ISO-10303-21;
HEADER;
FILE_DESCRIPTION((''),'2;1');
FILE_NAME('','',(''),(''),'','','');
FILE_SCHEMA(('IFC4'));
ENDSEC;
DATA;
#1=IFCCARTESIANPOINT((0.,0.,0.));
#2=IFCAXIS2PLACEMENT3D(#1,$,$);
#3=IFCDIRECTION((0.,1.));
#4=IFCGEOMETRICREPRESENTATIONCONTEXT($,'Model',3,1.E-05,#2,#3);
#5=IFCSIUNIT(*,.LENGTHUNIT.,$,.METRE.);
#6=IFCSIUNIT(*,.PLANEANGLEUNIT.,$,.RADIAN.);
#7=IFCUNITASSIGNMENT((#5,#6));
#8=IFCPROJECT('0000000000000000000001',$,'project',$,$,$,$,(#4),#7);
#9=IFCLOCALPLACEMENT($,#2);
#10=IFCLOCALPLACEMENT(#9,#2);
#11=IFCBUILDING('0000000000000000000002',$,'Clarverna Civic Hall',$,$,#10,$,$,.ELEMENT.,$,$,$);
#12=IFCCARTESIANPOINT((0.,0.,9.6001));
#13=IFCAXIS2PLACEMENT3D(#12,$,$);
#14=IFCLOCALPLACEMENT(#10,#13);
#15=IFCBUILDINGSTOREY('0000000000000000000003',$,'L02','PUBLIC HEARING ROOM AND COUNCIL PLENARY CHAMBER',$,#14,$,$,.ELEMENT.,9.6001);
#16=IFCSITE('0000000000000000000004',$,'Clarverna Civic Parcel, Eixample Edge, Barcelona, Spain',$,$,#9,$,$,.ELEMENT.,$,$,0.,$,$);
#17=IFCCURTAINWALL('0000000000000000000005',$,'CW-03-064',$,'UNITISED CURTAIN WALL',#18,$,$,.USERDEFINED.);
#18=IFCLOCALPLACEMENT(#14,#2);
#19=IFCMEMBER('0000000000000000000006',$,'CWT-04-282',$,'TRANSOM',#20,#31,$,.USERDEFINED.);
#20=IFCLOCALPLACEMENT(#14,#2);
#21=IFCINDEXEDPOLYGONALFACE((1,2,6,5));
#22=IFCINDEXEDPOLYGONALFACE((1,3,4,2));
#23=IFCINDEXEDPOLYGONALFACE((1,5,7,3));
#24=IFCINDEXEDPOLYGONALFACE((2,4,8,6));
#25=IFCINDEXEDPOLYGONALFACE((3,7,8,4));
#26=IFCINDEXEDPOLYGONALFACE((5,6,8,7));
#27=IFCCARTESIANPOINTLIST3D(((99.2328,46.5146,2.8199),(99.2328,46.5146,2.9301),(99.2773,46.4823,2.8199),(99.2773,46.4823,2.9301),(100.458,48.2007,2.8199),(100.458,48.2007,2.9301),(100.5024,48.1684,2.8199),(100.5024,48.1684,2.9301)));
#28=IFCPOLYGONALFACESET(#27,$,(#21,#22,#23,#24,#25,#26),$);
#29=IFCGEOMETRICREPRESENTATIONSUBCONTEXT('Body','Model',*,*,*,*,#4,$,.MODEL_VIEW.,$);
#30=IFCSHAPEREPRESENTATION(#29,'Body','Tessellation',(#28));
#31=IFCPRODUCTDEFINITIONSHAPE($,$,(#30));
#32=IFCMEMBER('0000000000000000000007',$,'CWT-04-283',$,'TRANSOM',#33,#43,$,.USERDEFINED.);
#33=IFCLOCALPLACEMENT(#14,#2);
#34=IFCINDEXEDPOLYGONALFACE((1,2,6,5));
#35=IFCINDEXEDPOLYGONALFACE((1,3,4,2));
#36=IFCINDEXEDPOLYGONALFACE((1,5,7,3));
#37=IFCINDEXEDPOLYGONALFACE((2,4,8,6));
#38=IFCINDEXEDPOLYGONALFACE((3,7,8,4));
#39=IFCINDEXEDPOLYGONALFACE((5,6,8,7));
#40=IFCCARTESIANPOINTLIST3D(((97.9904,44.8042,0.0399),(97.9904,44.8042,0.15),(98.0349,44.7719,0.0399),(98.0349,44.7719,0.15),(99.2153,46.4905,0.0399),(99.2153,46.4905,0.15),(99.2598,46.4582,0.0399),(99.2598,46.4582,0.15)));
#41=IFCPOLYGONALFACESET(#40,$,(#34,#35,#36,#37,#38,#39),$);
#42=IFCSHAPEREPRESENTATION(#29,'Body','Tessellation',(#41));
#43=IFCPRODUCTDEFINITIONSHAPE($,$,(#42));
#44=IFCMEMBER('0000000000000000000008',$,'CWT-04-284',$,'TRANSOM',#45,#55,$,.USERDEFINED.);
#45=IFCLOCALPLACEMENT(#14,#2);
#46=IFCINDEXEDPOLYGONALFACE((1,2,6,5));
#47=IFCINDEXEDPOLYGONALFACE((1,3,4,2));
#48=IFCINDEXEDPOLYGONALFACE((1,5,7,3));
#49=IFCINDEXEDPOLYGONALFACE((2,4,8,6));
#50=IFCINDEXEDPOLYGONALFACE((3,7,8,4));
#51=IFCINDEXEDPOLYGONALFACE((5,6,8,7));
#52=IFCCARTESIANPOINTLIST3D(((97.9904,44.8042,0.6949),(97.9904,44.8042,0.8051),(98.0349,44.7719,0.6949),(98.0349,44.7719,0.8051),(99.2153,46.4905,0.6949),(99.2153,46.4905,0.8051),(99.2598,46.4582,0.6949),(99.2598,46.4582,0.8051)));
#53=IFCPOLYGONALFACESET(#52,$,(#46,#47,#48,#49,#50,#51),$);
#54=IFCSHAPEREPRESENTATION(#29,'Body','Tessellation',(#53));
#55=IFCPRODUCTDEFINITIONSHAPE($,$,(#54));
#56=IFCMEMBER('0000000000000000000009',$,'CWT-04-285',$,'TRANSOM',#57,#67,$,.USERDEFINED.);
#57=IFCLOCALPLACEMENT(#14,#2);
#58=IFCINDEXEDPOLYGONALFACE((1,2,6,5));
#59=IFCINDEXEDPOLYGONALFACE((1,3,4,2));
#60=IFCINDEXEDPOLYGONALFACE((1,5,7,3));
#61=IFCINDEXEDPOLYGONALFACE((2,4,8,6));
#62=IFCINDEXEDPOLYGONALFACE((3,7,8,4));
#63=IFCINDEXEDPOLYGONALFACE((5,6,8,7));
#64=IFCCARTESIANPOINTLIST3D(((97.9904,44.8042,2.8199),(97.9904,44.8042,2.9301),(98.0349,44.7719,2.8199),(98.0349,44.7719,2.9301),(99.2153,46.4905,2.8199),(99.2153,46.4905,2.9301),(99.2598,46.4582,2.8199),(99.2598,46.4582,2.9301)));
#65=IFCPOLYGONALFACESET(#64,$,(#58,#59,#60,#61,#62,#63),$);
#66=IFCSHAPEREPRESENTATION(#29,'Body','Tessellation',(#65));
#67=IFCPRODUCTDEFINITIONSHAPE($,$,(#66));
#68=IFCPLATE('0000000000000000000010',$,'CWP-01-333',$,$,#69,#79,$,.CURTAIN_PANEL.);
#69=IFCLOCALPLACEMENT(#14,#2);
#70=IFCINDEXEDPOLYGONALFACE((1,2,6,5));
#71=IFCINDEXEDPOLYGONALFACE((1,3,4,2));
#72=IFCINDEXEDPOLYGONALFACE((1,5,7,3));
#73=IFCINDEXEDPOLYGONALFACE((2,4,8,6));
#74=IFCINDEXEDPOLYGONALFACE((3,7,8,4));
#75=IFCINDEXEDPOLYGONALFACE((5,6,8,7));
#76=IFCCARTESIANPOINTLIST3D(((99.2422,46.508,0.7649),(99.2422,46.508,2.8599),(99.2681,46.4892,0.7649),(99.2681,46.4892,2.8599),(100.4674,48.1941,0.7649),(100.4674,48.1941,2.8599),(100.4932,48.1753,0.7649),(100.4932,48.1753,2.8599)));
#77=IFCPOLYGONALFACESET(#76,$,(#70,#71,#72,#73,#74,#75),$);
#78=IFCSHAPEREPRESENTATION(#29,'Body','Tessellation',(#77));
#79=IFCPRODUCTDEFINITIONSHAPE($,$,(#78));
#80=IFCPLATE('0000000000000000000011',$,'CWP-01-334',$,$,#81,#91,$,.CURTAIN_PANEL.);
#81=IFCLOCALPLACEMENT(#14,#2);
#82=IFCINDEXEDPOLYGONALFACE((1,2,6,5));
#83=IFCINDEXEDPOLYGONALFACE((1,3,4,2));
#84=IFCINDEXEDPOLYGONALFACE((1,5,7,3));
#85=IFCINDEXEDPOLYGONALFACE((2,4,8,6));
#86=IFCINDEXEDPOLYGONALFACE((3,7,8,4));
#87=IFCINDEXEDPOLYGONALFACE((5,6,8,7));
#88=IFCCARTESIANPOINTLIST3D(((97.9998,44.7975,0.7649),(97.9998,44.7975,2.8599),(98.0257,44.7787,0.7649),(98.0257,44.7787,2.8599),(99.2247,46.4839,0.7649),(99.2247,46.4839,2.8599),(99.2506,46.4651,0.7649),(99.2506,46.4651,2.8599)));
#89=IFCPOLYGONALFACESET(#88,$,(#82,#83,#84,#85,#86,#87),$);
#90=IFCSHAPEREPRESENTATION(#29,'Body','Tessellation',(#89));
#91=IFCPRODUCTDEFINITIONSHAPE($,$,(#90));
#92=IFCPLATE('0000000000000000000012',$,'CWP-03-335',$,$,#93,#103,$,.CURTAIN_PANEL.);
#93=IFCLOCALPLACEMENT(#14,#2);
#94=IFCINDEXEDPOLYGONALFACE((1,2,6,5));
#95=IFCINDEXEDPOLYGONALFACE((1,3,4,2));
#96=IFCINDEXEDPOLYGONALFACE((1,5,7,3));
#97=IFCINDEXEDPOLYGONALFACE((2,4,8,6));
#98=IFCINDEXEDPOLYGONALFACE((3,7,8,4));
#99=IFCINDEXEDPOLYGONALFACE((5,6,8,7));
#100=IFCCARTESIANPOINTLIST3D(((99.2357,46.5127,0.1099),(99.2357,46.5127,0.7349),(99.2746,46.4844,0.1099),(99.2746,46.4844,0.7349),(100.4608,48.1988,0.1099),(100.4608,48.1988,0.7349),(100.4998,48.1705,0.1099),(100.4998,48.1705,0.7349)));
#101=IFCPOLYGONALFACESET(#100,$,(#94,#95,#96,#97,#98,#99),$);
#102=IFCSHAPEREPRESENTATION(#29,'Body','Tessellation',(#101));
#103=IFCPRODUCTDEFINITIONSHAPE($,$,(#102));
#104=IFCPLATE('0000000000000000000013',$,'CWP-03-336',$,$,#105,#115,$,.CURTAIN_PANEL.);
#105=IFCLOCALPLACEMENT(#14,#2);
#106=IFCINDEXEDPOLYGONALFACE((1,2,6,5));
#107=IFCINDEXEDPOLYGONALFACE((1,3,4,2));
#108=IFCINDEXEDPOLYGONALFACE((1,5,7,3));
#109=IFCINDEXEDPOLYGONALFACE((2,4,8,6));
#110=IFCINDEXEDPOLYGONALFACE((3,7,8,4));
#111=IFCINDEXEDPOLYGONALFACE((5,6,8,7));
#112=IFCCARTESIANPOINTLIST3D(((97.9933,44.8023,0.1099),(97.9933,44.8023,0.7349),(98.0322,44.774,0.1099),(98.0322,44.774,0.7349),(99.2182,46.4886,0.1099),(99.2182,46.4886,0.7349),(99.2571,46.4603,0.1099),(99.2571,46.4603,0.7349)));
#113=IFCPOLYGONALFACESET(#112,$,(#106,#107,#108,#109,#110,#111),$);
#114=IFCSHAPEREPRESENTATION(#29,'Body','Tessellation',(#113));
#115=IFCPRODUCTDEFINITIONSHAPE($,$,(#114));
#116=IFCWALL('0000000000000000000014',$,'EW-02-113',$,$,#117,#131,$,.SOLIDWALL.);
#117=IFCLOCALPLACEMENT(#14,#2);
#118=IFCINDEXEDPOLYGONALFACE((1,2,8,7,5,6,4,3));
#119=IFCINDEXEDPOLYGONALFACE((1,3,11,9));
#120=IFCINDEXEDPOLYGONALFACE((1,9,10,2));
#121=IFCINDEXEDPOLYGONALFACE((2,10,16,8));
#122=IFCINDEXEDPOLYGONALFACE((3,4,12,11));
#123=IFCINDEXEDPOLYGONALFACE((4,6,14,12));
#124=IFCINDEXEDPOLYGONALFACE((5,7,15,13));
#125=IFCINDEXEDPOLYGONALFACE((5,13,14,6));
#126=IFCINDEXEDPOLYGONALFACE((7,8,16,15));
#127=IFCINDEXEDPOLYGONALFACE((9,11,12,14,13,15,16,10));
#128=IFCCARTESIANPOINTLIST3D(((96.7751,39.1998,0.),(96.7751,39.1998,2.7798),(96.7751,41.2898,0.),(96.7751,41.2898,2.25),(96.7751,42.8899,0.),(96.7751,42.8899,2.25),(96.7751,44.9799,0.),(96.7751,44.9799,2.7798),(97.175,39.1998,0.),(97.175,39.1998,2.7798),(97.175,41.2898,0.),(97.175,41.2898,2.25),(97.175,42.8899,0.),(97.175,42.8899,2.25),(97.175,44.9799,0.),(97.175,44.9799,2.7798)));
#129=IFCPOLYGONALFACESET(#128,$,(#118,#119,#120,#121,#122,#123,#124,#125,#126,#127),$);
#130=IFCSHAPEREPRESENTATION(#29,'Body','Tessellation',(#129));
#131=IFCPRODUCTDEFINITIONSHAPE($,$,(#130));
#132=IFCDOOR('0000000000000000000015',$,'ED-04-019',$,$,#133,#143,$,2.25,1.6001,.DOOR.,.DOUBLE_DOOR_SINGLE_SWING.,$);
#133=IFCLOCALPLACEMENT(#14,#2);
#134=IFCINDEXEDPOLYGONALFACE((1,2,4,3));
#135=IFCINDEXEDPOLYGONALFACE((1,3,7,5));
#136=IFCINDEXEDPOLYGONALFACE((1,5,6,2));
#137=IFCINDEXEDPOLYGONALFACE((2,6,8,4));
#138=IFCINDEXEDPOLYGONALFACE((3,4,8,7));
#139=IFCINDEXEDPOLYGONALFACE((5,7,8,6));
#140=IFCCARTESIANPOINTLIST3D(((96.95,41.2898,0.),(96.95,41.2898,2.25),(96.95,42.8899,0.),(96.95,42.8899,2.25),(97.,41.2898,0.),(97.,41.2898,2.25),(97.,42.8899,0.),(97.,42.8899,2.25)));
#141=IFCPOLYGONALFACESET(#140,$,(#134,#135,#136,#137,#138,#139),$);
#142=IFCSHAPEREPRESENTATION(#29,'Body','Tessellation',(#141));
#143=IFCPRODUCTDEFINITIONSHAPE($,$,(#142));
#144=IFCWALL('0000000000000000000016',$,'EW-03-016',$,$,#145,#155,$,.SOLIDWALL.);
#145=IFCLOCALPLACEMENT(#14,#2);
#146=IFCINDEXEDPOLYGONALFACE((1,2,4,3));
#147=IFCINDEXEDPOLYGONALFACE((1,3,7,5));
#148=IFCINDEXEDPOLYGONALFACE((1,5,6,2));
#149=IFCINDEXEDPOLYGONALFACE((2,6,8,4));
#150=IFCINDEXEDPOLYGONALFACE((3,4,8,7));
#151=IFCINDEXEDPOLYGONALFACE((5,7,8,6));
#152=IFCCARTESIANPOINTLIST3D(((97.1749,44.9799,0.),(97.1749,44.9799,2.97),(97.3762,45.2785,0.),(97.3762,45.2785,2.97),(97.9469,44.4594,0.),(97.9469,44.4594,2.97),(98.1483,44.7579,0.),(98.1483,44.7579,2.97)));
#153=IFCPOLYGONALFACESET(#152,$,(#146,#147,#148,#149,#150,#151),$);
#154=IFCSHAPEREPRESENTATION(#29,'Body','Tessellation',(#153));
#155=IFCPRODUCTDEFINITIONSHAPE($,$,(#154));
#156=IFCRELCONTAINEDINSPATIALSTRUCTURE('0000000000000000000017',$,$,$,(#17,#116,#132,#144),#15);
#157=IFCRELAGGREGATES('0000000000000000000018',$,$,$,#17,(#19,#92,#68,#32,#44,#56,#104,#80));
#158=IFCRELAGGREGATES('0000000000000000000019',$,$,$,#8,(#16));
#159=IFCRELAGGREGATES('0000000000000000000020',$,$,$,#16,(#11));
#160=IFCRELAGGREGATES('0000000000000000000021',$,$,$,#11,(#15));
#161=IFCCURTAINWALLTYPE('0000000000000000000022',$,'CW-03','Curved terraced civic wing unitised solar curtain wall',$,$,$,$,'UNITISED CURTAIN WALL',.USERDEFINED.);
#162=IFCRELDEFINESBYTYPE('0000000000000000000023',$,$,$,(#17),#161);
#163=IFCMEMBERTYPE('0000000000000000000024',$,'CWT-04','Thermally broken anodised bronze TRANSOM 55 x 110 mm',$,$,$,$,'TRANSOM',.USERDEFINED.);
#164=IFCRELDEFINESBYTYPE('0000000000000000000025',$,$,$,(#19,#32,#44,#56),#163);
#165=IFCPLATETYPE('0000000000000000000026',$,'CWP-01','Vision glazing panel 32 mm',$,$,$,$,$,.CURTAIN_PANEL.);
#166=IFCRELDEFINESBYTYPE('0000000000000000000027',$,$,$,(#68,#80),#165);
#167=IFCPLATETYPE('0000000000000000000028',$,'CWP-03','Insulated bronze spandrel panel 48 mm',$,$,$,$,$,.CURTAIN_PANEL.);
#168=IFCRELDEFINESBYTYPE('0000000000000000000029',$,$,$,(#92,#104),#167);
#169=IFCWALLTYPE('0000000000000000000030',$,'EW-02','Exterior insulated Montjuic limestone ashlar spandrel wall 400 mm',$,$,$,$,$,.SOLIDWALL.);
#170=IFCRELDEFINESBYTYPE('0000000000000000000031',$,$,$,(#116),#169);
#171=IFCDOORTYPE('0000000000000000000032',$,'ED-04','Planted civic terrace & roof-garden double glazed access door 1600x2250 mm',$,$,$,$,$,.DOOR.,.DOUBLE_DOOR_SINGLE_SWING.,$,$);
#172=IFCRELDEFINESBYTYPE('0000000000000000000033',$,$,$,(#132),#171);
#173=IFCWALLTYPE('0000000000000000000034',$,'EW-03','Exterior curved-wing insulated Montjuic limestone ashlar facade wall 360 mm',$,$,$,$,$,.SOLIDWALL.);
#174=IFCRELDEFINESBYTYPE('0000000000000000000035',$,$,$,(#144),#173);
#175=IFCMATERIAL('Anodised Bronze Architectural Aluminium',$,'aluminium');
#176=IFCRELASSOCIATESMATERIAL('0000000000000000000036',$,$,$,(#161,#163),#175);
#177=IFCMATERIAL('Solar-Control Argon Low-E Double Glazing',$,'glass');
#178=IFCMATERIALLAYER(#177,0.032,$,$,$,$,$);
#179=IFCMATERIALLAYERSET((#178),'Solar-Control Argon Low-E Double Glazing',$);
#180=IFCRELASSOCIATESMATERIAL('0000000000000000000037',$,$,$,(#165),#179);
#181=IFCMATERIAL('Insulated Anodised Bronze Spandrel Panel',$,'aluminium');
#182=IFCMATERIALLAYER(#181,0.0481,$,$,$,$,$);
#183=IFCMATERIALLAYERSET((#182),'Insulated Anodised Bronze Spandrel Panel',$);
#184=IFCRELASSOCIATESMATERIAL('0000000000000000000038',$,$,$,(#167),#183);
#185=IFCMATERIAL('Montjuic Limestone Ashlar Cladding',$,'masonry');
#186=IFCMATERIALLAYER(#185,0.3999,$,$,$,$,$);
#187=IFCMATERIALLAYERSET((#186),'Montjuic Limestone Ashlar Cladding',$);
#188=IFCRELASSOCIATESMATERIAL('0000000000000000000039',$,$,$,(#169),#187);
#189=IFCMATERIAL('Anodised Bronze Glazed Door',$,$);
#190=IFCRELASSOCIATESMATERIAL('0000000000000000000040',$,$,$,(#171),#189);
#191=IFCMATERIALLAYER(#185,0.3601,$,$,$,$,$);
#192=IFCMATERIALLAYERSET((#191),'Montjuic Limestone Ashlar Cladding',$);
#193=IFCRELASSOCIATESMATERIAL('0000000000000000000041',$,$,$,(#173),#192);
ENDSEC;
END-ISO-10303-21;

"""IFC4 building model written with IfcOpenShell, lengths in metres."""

from ifc_helpers import new_model, si_unit, direction, frame, frame_2d, origin, origin_2d, place, context, subcontext, project, spatial, rectangle, extrude, material, layer, layer_set, material_profile, profile_set, type_object, element, fill, aggregate, save


model = new_model("IFC4")

# Units and contexts
model_context = context("Model", 3, precision=1e-05, world=origin(), true_north=direction((0.0, 1.0)))
body_context = subcontext(model_context, "Body", "Model", "MODEL_VIEW")
ifc_project = project(units=[si_unit("LENGTHUNIT", "METRE"), si_unit("PLANEANGLEUNIT", "RADIAN")], contexts=[model_context])

# Site, building, storey
site_placement = place(None, origin())
site = spatial("IfcSite", under=ifc_project, at=site_placement, Name="Clarverna Civic Parcel, Eixample Edge, Barcelona, Spain", CompositionType="ELEMENT", RefElevation=0.0)
building_placement = place(site_placement, origin())
building = spatial("IfcBuilding", under=site, at=building_placement, Name="Clarverna Civic Hall", CompositionType="ELEMENT")
storey_placement = place(building_placement, frame((0.0, 0.0, 9.6001)))
storey = spatial("IfcBuildingStorey", under=building, at=storey_placement, Name="L02", Description="PUBLIC HEARING ROOM AND COUNCIL PLENARY CHAMBER", CompositionType="ELEMENT", Elevation=9.6001)

# Shared definitions
ifc_material_1 = material(Name="Anodised Bronze Architectural Aluminium", Category="aluminium")
curtain_wall_type = type_object("IfcCurtainWallType", Name="CW-03", Description="Curved terraced civic wing unitised solar curtain wall", ElementType="UNITISED CURTAIN WALL", PredefinedType="USERDEFINED", material=ifc_material_1)

# Curtain wall, members, plates
curtain_wall_1_placement = place(storey_placement, origin())
curtain_wall_1 = element("IfcCurtainWall", 1, at=curtain_wall_1_placement, inside=storey, type_object=curtain_wall_type, Name="CW-03-064", ObjectType="UNITISED CURTAIN WALL", PredefinedType="USERDEFINED")
ifc_material_profile_1 = material_profile(ifc_material_1, rectangle(XDim=0.0549, YDim=0.1101, at=origin_2d()), Name="BRONZE 55x110")
ifc_profile_set_1 = profile_set([ifc_material_profile_1], Name="Anodised Bronze Architectural Aluminium")
member_type_1 = type_object("IfcMemberType", Name="CWT-04", Description="Thermally broken anodised bronze TRANSOM 55 x 110 mm", ElementType="TRANSOM", PredefinedType="USERDEFINED", material=ifc_profile_set_1)
member_1_placement = place(storey_placement, frame((100.4802, 48.1846, 2.875), z_axis=(-0.587823, -0.808989, 0.0), x_axis=(0.808989, -0.587823, 0.0)))
member_1 = element("IfcMember", 2, at=member_1_placement, type_object=member_type_1, Name="CWT-04-282", ObjectType="TRANSOM", PredefinedType="USERDEFINED", context=body_context, shape_type="SweptSolid", body=[
    extrude(rectangle(XDim=0.0549, YDim=0.1101, at=origin_2d()), origin(), (0.0, 0.0, 1.0), 2.0842),
])
member_2_placement = place(storey_placement, frame((99.2375, 46.4744, 0.095), z_axis=(-0.587691, -0.809085, 0.0), x_axis=(0.809085, -0.587691, 0.0)))
member_2 = element("IfcMember", 3, at=member_2_placement, type_object=member_type_1, Name="CWT-04-283", ObjectType="TRANSOM", PredefinedType="USERDEFINED", context=body_context, shape_type="SweptSolid", body=[
    extrude(rectangle(XDim=0.0549, YDim=0.1101, at=origin_2d()), origin(), (0.0, 0.0, 1.0), 2.0842),
])
member_3_placement = place(storey_placement, frame((99.2375, 46.4744, 0.75), z_axis=(-0.587691, -0.809085, 0.0), x_axis=(0.809085, -0.587691, 0.0)))
member_3 = element("IfcMember", 4, at=member_3_placement, type_object=member_type_1, Name="CWT-04-284", ObjectType="TRANSOM", PredefinedType="USERDEFINED", context=body_context, shape_type="SweptSolid", body=[
    extrude(rectangle(XDim=0.0549, YDim=0.1101, at=origin_2d()), origin(), (0.0, 0.0, 1.0), 2.0842),
])
member_4_placement = place(storey_placement, frame((99.2375, 46.4744, 2.875), z_axis=(-0.587691, -0.809085, 0.0), x_axis=(0.809085, -0.587691, 0.0)))
member_4 = element("IfcMember", 5, at=member_4_placement, type_object=member_type_1, Name="CWT-04-285", ObjectType="TRANSOM", PredefinedType="USERDEFINED", context=body_context, shape_type="SweptSolid", body=[
    extrude(rectangle(XDim=0.0549, YDim=0.1101, at=origin_2d()), origin(), (0.0, 0.0, 1.0), 2.0842),
])
ifc_material_2 = material(Name="Solar-Control Argon Low-E Double Glazing", Category="glass")
ifc_layer_1 = layer(ifc_material_2, 0.032)
ifc_layer_set_1 = layer_set([ifc_layer_1], Name="Solar-Control Argon Low-E Double Glazing")
plate_type_1 = type_object("IfcPlateType", Name="CWP-01", Description="Vision glazing panel 32 mm", PredefinedType="CURTAIN_PANEL", material=ifc_layer_set_1)
plate_1_placement = place(storey_placement, frame((100.4802, 48.1846, 0.7649), z_axis=(0.0, 0.0, 1.0), x_axis=(-0.587823, -0.808989, 0.0)))
plate_1 = element("IfcPlate", 6, at=plate_1_placement, type_object=plate_type_1, Name="CWP-01-333", PredefinedType="CURTAIN_PANEL", context=body_context, shape_type="SweptSolid", body=[
    extrude(rectangle(XDim=2.0842, YDim=0.032, at=frame_2d((1.042, 0.0))), origin(), (0.0, 0.0, 1.0), 2.095),
])
plate_2_placement = place(storey_placement, frame((99.2375, 46.4744, 0.7649), z_axis=(0.0, 0.0, 1.0), x_axis=(-0.587691, -0.809085, 0.0)))
plate_2 = element("IfcPlate", 7, at=plate_2_placement, type_object=plate_type_1, Name="CWP-01-334", PredefinedType="CURTAIN_PANEL", context=body_context, shape_type="SweptSolid", body=[
    extrude(rectangle(XDim=2.0842, YDim=0.032, at=frame_2d((1.042, 0.0))), origin(), (0.0, 0.0, 1.0), 2.095),
])
ifc_material_3 = material(Name="Insulated Anodised Bronze Spandrel Panel", Category="aluminium")
ifc_layer_2 = layer(ifc_material_3, 0.0481)
ifc_layer_set_2 = layer_set([ifc_layer_2], Name="Insulated Anodised Bronze Spandrel Panel")
plate_type_2 = type_object("IfcPlateType", Name="CWP-03", Description="Insulated bronze spandrel panel 48 mm", PredefinedType="CURTAIN_PANEL", material=ifc_layer_set_2)
plate_3_placement = place(storey_placement, frame((100.4802, 48.1846, 0.1099), z_axis=(0.0, 0.0, 1.0), x_axis=(-0.587823, -0.808989, 0.0)))
plate_3 = element("IfcPlate", 8, at=plate_3_placement, type_object=plate_type_2, Name="CWP-03-335", PredefinedType="CURTAIN_PANEL", context=body_context, shape_type="SweptSolid", body=[
    extrude(rectangle(XDim=2.0842, YDim=0.0481, at=frame_2d((1.042, 0.0))), origin(), (0.0, 0.0, 1.0), 0.625),
])
plate_4_placement = place(storey_placement, frame((99.2375, 46.4744, 0.1099), z_axis=(0.0, 0.0, 1.0), x_axis=(-0.587691, -0.809085, 0.0)))
plate_4 = element("IfcPlate", 9, at=plate_4_placement, type_object=plate_type_2, Name="CWP-03-336", PredefinedType="CURTAIN_PANEL", context=body_context, shape_type="SweptSolid", body=[
    extrude(rectangle(XDim=2.0842, YDim=0.0481, at=frame_2d((1.042, 0.0))), origin(), (0.0, 0.0, 1.0), 0.625),
])
aggregate(curtain_wall_1, [member_1, plate_3, plate_1, member_2, member_3, member_4, plate_4, plate_2])

# Wall, opening, door
ifc_material_4 = material(Name="Montjuic Limestone Ashlar Cladding", Category="masonry")
ifc_layer_3 = layer(ifc_material_4, 0.3999)
ifc_layer_set_3 = layer_set([ifc_layer_3], Name="Montjuic Limestone Ashlar Cladding")
wall_type_1 = type_object("IfcWallType", Name="EW-02", Description="Exterior insulated Montjuic limestone ashlar spandrel wall 400 mm", PredefinedType="SOLIDWALL", material=ifc_layer_set_3)
wall_1_placement = place(storey_placement, frame((96.9751, 44.98, 0.0), z_axis=(0.0, 0.0, 1.0), x_axis=(0.0, -1.0, 0.0)))
wall_1 = element("IfcWall", 10, at=wall_1_placement, inside=storey, type_object=wall_type_1, Name="EW-02-113", PredefinedType="SOLIDWALL", context=body_context, shape_type="SweptSolid", body=[
    extrude(rectangle(XDim=5.78, YDim=0.3999, at=frame_2d((2.8901, 0.0))), origin(), (0.0, 0.0, 1.0), 2.7798),
])
opening_placement = place(wall_1_placement, frame((2.0901, 0.0, 0.0)))
opening = element("IfcOpeningElement", 11, at=opening_placement, cuts=wall_1, PredefinedType="OPENING", context=body_context, shape_type="SweptSolid", body=[
    extrude(rectangle(XDim=1.6001, YDim=2.25, at=frame_2d((0.8, 1.125))), frame((0.0, 0.21, 0.0), z_axis=(0.0, -1.0, 0.0), x_axis=(1.0, 0.0, 0.0)), (0.0, 0.0, 1.0), 0.4199),
])
ifc_material_5 = material(Name="Anodised Bronze Glazed Door")
door_type = type_object("IfcDoorType", Name="ED-04", Description="Planted civic terrace & roof-garden double glazed access door 1600x2250 mm", OperationType="DOUBLE_DOOR_SINGLE_SWING", PredefinedType="DOOR", material=ifc_material_5)
door_placement = place(opening_placement, origin())
door = element("IfcDoor", 12, at=door_placement, inside=storey, type_object=door_type, Name="ED-04-019", OperationType="DOUBLE_DOOR_SINGLE_SWING", OverallHeight=2.25, OverallWidth=1.6001, PredefinedType="DOOR", context=body_context, shape_type="SweptSolid", body=[
    extrude(rectangle(XDim=1.6001, YDim=2.25, at=frame_2d((0.8, 1.125))), frame((0.0, 0.0249, 0.0), z_axis=(0.0, -1.0, 0.0), x_axis=(1.0, 0.0, 0.0)), (0.0, 0.0, 1.0), 0.05),
])
fill(opening, door)

# Wall
ifc_layer_4 = layer(ifc_material_4, 0.3601)
ifc_layer_set_4 = layer_set([ifc_layer_4], Name="Montjuic Limestone Ashlar Cladding")
wall_type_2 = type_object("IfcWallType", Name="EW-03", Description="Exterior curved-wing insulated Montjuic limestone ashlar facade wall 360 mm", PredefinedType="SOLIDWALL", material=ifc_layer_set_4)
wall_2_placement = place(storey_placement, frame((98.0476, 44.6086, 0.0), z_axis=(0.0, 0.0, 1.0), x_axis=(-0.829134, 0.559049, 0.0)))
element("IfcWall", 13, at=wall_2_placement, inside=storey, type_object=wall_type_2, Name="EW-03-016", PredefinedType="SOLIDWALL", context=body_context, shape_type="SweptSolid", body=[
    extrude(rectangle(XDim=0.9312, YDim=0.3601, at=frame_2d((0.4656, 0.0))), origin(), (0.0, 0.0, 1.0), 2.97),
])

save(model, "model.ifc")
